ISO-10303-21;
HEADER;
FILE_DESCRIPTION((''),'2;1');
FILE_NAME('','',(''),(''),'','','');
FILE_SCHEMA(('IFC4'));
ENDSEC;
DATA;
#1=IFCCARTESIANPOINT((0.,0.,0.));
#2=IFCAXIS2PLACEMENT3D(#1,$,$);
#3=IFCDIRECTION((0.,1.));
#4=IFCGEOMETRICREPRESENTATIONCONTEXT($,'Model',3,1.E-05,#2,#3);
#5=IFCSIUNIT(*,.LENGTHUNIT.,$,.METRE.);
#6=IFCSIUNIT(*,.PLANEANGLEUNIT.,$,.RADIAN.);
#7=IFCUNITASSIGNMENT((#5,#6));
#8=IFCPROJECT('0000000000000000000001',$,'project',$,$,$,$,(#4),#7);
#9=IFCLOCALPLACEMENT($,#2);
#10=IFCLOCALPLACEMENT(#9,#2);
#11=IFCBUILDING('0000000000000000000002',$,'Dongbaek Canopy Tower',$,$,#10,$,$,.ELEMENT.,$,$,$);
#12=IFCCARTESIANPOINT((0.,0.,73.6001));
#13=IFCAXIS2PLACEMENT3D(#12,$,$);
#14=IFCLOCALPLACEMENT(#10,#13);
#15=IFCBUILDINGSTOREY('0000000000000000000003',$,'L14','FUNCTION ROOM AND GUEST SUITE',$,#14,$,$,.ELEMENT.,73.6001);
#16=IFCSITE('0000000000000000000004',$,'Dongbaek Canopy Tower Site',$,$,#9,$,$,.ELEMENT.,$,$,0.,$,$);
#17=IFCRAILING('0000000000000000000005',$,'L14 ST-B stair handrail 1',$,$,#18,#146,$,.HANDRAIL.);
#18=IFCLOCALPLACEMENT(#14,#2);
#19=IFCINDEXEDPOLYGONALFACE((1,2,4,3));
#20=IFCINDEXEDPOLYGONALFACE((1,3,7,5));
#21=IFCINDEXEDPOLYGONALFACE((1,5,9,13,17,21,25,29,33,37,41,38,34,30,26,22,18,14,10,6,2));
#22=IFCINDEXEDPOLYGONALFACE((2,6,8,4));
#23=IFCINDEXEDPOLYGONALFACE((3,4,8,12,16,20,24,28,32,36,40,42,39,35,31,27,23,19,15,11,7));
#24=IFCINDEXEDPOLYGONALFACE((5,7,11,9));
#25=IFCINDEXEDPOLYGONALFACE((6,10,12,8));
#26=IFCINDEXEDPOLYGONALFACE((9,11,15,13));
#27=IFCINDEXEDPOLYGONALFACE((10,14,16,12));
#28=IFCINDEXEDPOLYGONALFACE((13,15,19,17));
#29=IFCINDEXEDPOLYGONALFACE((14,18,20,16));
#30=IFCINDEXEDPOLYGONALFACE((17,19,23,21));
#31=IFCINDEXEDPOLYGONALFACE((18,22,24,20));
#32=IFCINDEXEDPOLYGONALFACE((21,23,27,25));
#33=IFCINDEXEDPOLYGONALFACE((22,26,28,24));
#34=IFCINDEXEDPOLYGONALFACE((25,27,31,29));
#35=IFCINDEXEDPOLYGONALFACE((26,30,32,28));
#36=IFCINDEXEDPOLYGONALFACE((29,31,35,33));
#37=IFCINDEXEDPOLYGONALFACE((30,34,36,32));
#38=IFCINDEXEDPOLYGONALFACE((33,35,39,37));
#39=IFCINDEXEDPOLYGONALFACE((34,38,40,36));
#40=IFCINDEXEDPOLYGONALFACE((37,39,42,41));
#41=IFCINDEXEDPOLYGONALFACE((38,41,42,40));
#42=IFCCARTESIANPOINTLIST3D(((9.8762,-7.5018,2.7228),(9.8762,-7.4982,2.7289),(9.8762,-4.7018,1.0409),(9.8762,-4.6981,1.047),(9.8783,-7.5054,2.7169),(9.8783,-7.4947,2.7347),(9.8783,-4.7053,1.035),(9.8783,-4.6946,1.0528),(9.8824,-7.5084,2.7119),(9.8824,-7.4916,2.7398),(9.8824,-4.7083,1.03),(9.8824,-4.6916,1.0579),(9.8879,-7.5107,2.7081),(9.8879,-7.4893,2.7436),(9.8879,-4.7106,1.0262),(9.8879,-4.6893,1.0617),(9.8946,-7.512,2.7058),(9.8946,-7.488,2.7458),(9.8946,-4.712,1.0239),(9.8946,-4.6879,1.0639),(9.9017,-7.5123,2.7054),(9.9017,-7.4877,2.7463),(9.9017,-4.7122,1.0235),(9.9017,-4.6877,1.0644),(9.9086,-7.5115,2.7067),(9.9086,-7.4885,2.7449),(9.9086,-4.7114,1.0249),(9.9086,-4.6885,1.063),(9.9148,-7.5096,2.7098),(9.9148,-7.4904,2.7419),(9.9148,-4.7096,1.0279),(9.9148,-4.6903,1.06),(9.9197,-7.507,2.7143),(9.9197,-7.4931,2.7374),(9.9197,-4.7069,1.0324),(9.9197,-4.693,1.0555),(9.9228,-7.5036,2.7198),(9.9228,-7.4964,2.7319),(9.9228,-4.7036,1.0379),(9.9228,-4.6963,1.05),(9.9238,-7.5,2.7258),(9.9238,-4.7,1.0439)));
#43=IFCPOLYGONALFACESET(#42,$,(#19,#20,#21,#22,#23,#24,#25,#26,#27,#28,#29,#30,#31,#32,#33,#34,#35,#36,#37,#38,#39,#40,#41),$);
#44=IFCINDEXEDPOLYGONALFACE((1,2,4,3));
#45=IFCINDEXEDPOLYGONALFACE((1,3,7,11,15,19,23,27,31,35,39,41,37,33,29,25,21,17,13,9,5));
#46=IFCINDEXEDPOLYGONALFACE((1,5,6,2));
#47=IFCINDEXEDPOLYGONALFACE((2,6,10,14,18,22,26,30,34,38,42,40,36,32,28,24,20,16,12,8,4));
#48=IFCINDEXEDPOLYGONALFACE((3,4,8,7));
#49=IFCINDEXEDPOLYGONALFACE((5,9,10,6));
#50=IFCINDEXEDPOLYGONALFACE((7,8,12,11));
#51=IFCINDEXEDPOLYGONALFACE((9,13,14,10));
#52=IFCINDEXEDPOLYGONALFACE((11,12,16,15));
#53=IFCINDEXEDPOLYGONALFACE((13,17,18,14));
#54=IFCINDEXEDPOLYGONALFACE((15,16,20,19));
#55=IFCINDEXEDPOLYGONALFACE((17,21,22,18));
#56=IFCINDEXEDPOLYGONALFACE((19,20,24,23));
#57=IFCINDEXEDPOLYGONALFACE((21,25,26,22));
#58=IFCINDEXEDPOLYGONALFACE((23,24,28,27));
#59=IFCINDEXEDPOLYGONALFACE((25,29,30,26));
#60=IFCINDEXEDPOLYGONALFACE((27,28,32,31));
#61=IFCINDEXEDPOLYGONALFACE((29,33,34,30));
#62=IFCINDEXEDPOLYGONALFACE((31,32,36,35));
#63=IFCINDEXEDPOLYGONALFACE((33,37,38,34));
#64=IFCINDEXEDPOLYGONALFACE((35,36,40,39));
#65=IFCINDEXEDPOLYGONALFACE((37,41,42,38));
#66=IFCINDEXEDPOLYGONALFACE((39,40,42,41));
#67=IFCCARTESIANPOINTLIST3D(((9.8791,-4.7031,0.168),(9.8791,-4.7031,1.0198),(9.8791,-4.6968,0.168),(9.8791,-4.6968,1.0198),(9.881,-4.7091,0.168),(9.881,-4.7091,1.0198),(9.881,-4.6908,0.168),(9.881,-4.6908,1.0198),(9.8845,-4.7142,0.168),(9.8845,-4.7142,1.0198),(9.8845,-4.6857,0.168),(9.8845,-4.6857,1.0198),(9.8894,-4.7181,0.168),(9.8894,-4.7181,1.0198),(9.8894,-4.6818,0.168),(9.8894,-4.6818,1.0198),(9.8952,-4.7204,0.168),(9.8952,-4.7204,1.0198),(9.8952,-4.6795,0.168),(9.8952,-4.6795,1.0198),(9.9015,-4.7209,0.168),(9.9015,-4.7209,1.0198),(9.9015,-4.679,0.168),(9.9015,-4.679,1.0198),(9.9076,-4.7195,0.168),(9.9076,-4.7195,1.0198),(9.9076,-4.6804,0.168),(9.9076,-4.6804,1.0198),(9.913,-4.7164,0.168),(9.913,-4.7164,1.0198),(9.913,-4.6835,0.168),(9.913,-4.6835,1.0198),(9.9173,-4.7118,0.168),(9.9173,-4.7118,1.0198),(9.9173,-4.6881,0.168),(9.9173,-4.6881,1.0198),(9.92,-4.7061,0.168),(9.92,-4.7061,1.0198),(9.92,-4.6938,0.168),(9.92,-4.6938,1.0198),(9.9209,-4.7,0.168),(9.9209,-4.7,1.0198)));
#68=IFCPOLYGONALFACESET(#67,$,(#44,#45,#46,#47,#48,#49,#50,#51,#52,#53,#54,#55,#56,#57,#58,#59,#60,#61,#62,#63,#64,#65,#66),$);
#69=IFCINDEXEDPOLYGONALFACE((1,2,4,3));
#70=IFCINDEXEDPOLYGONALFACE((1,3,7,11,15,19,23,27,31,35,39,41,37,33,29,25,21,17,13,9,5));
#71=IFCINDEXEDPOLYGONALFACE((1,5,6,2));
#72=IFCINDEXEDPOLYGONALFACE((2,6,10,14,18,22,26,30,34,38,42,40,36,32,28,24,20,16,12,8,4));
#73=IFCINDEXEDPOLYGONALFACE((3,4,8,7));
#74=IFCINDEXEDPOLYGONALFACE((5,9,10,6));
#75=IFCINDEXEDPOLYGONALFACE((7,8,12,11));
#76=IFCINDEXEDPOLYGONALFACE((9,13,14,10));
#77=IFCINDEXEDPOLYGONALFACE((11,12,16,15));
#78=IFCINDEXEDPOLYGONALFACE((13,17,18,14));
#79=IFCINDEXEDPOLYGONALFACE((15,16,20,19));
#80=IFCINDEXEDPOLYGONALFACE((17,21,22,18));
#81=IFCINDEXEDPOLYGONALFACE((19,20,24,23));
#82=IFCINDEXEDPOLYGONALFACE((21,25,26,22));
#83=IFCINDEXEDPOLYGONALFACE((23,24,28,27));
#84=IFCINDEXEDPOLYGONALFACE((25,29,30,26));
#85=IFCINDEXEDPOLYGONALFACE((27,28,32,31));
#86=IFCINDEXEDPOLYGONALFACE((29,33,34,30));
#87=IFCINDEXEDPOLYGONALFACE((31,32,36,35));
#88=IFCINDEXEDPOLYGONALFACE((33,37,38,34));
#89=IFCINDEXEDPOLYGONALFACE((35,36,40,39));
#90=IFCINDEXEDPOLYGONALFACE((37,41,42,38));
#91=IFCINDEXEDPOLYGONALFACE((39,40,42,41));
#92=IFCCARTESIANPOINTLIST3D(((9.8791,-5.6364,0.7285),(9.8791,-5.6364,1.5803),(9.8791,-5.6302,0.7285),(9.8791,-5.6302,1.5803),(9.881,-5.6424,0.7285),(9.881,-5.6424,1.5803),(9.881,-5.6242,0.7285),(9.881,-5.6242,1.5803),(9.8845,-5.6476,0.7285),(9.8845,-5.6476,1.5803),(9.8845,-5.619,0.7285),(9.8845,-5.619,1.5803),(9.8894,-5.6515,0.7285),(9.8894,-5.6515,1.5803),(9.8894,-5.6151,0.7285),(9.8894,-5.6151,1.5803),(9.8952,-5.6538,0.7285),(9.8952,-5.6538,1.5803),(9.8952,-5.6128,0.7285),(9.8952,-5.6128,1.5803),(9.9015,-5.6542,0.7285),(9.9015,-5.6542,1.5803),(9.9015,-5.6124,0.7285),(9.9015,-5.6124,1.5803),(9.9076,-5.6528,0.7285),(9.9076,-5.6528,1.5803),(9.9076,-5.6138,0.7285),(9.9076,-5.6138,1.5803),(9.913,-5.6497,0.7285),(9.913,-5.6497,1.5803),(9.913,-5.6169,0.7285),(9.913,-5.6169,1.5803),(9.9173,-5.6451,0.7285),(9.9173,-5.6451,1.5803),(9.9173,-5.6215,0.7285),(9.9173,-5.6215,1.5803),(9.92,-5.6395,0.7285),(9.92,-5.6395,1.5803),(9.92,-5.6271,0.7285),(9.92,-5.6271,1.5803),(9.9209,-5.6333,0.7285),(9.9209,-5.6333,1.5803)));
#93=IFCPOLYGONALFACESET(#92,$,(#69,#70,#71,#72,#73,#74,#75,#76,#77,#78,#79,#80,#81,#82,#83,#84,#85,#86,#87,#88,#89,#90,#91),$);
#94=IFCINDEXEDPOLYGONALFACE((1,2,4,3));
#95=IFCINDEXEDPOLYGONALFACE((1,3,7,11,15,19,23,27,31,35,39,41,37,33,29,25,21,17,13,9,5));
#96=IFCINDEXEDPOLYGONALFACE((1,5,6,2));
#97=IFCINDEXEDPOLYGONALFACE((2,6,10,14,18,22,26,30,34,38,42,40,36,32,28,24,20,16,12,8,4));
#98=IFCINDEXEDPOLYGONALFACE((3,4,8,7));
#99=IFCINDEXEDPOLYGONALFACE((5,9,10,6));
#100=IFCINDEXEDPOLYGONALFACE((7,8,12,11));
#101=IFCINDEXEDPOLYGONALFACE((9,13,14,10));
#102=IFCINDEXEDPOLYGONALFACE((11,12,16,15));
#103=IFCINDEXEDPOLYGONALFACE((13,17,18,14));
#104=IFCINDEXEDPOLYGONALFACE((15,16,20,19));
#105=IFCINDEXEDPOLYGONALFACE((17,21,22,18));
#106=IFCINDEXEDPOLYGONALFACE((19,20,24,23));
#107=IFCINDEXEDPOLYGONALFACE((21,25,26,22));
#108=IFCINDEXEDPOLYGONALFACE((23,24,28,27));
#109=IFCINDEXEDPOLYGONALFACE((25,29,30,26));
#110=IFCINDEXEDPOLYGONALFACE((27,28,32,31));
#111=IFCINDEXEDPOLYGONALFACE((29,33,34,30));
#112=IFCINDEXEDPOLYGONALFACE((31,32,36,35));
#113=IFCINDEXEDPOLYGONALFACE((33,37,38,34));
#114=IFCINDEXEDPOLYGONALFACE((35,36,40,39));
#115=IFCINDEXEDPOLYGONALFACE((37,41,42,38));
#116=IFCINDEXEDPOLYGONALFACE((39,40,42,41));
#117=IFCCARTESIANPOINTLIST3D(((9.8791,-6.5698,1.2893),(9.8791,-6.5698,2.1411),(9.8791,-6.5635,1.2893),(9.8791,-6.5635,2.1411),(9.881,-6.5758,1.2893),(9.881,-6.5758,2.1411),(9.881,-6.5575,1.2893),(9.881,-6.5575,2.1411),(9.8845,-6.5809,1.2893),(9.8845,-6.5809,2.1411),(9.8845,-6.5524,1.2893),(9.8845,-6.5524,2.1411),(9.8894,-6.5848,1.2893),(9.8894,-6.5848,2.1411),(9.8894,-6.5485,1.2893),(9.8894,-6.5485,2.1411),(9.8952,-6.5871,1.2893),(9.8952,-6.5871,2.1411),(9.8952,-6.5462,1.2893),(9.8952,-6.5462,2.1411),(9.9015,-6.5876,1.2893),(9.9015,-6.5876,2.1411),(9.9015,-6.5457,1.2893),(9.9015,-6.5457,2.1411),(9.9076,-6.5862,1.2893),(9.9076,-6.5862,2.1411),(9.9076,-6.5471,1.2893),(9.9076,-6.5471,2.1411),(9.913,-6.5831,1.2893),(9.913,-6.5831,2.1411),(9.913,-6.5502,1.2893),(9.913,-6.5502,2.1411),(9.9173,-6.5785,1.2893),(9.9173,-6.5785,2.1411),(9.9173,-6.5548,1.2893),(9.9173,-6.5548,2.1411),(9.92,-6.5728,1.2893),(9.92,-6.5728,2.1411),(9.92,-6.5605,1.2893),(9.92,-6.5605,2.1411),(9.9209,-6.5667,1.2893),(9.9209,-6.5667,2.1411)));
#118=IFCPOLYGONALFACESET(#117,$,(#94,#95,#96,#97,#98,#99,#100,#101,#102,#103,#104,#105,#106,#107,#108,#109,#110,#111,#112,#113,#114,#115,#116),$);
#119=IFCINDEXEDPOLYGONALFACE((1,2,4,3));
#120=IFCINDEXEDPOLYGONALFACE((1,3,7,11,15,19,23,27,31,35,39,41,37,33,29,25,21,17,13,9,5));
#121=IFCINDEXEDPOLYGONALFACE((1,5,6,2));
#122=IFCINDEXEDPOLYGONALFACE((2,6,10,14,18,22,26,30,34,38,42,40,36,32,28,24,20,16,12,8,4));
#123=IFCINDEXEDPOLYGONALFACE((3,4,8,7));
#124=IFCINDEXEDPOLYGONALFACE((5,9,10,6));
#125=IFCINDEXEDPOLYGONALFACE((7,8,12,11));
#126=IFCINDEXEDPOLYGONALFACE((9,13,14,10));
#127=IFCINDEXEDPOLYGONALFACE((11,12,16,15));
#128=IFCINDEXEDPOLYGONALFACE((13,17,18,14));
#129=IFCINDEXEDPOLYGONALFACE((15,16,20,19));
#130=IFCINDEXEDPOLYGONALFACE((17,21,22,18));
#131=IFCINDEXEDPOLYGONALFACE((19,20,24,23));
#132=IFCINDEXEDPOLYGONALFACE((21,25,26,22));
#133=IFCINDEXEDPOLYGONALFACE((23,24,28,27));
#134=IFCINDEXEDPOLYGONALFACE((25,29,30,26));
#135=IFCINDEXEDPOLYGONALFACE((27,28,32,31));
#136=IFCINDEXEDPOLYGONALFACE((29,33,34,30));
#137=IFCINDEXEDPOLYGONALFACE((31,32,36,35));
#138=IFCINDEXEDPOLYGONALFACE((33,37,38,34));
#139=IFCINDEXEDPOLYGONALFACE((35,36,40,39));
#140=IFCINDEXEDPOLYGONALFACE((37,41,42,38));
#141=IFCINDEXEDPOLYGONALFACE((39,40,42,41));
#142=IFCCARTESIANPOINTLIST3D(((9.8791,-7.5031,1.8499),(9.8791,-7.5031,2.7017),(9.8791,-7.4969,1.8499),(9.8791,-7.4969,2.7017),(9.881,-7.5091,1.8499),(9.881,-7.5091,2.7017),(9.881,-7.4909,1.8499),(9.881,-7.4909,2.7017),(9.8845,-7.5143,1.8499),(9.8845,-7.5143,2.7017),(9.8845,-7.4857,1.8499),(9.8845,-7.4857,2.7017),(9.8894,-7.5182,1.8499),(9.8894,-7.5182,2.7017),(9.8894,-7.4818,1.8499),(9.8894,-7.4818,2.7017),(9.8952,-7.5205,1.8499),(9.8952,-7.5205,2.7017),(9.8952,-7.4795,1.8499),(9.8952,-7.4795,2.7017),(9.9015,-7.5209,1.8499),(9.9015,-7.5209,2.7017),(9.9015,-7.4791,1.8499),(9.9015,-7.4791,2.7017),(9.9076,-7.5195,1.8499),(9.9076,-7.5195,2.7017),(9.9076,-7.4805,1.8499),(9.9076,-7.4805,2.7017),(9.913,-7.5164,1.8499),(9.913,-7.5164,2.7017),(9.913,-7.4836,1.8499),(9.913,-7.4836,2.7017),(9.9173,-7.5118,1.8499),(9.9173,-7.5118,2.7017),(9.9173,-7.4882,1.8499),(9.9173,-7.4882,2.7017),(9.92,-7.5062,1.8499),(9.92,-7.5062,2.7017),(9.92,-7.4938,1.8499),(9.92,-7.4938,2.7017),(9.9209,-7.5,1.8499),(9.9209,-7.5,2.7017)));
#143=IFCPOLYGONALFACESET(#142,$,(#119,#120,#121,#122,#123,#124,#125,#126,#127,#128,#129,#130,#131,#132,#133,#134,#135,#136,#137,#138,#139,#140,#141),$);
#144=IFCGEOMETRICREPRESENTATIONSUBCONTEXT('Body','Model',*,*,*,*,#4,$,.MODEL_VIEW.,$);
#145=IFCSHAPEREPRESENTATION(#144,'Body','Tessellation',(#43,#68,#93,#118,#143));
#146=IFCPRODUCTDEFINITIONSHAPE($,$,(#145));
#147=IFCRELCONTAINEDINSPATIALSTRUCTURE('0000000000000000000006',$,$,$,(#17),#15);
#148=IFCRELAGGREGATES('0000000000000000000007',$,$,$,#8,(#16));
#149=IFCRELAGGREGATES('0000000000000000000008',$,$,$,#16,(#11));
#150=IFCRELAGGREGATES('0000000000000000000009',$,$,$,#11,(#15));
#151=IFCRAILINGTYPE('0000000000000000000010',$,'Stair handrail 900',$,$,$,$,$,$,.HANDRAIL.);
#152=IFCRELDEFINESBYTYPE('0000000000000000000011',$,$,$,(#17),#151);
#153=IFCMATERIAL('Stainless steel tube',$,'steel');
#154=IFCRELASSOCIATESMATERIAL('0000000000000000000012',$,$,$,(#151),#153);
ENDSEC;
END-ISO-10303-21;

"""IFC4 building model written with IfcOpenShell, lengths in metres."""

from ifc_helpers import new_model, si_unit, direction, frame, origin, origin_2d, place, context, subcontext, project, spatial, circle, extrude, material, type_object, element, save


model = new_model("IFC4")

# Units and contexts
model_context = context("Model", 3, precision=1e-05, world=origin(), true_north=direction((0.0, 1.0)))
body_context = subcontext(model_context, "Body", "Model", "MODEL_VIEW")
ifc_project = project(units=[si_unit("LENGTHUNIT", "METRE"), si_unit("PLANEANGLEUNIT", "RADIAN")], contexts=[model_context])

# Site, building, storey
site_placement = place(None, origin())
site = spatial("IfcSite", under=ifc_project, at=site_placement, Name="Dongbaek Canopy Tower Site", CompositionType="ELEMENT", RefElevation=0.0)
building_placement = place(site_placement, origin())
building = spatial("IfcBuilding", under=site, at=building_placement, Name="Dongbaek Canopy Tower", CompositionType="ELEMENT")
storey_placement = place(building_placement, frame((0.0, 0.0, 73.6001)))
storey = spatial("IfcBuildingStorey", under=building, at=storey_placement, Name="L14", Description="FUNCTION ROOM AND GUEST SUITE", CompositionType="ELEMENT", Elevation=73.6001)

# Railing
ifc_material_1 = material(Name="Stainless steel tube", Category="steel")
railing_type_1 = type_object("IfcRailingType", Name="Stair handrail 900", PredefinedType="HANDRAIL", material=ifc_material_1)
railing_1_placement = place(storey_placement, frame((9.8999, -4.7, 0.168)))
element("IfcRailing", 1, at=railing_1_placement, inside=storey, type_object=railing_type_1, Name="L14 ST-B stair handrail 1", PredefinedType="HANDRAIL", context=body_context, shape_type="SweptSolid", body=[
    extrude(circle(Radius=0.0239, at=origin_2d()), frame((0.0, 0.0, 0.876), z_axis=(0.0, -0.857242, 0.514913), x_axis=(1.0, 0.0, 0.0)), (0.0, 0.0, 1.0), 3.2664),
    extrude(circle(Radius=0.021, at=origin_2d()), origin(), (0.0, 0.0, 1.0), 0.8518),
    extrude(circle(Radius=0.021, at=origin_2d()), frame((0.0, -0.9333, 0.5605)), (0.0, 0.0, 1.0), 0.8518),
    extrude(circle(Radius=0.021, at=origin_2d()), frame((0.0, -1.8667, 1.1213)), (0.0, 0.0, 1.0), 0.8518),
    extrude(circle(Radius=0.021, at=origin_2d()), frame((0.0, -2.8, 1.6819)), (0.0, 0.0, 1.0), 0.8518),
])

save(model, "model.ifc")
